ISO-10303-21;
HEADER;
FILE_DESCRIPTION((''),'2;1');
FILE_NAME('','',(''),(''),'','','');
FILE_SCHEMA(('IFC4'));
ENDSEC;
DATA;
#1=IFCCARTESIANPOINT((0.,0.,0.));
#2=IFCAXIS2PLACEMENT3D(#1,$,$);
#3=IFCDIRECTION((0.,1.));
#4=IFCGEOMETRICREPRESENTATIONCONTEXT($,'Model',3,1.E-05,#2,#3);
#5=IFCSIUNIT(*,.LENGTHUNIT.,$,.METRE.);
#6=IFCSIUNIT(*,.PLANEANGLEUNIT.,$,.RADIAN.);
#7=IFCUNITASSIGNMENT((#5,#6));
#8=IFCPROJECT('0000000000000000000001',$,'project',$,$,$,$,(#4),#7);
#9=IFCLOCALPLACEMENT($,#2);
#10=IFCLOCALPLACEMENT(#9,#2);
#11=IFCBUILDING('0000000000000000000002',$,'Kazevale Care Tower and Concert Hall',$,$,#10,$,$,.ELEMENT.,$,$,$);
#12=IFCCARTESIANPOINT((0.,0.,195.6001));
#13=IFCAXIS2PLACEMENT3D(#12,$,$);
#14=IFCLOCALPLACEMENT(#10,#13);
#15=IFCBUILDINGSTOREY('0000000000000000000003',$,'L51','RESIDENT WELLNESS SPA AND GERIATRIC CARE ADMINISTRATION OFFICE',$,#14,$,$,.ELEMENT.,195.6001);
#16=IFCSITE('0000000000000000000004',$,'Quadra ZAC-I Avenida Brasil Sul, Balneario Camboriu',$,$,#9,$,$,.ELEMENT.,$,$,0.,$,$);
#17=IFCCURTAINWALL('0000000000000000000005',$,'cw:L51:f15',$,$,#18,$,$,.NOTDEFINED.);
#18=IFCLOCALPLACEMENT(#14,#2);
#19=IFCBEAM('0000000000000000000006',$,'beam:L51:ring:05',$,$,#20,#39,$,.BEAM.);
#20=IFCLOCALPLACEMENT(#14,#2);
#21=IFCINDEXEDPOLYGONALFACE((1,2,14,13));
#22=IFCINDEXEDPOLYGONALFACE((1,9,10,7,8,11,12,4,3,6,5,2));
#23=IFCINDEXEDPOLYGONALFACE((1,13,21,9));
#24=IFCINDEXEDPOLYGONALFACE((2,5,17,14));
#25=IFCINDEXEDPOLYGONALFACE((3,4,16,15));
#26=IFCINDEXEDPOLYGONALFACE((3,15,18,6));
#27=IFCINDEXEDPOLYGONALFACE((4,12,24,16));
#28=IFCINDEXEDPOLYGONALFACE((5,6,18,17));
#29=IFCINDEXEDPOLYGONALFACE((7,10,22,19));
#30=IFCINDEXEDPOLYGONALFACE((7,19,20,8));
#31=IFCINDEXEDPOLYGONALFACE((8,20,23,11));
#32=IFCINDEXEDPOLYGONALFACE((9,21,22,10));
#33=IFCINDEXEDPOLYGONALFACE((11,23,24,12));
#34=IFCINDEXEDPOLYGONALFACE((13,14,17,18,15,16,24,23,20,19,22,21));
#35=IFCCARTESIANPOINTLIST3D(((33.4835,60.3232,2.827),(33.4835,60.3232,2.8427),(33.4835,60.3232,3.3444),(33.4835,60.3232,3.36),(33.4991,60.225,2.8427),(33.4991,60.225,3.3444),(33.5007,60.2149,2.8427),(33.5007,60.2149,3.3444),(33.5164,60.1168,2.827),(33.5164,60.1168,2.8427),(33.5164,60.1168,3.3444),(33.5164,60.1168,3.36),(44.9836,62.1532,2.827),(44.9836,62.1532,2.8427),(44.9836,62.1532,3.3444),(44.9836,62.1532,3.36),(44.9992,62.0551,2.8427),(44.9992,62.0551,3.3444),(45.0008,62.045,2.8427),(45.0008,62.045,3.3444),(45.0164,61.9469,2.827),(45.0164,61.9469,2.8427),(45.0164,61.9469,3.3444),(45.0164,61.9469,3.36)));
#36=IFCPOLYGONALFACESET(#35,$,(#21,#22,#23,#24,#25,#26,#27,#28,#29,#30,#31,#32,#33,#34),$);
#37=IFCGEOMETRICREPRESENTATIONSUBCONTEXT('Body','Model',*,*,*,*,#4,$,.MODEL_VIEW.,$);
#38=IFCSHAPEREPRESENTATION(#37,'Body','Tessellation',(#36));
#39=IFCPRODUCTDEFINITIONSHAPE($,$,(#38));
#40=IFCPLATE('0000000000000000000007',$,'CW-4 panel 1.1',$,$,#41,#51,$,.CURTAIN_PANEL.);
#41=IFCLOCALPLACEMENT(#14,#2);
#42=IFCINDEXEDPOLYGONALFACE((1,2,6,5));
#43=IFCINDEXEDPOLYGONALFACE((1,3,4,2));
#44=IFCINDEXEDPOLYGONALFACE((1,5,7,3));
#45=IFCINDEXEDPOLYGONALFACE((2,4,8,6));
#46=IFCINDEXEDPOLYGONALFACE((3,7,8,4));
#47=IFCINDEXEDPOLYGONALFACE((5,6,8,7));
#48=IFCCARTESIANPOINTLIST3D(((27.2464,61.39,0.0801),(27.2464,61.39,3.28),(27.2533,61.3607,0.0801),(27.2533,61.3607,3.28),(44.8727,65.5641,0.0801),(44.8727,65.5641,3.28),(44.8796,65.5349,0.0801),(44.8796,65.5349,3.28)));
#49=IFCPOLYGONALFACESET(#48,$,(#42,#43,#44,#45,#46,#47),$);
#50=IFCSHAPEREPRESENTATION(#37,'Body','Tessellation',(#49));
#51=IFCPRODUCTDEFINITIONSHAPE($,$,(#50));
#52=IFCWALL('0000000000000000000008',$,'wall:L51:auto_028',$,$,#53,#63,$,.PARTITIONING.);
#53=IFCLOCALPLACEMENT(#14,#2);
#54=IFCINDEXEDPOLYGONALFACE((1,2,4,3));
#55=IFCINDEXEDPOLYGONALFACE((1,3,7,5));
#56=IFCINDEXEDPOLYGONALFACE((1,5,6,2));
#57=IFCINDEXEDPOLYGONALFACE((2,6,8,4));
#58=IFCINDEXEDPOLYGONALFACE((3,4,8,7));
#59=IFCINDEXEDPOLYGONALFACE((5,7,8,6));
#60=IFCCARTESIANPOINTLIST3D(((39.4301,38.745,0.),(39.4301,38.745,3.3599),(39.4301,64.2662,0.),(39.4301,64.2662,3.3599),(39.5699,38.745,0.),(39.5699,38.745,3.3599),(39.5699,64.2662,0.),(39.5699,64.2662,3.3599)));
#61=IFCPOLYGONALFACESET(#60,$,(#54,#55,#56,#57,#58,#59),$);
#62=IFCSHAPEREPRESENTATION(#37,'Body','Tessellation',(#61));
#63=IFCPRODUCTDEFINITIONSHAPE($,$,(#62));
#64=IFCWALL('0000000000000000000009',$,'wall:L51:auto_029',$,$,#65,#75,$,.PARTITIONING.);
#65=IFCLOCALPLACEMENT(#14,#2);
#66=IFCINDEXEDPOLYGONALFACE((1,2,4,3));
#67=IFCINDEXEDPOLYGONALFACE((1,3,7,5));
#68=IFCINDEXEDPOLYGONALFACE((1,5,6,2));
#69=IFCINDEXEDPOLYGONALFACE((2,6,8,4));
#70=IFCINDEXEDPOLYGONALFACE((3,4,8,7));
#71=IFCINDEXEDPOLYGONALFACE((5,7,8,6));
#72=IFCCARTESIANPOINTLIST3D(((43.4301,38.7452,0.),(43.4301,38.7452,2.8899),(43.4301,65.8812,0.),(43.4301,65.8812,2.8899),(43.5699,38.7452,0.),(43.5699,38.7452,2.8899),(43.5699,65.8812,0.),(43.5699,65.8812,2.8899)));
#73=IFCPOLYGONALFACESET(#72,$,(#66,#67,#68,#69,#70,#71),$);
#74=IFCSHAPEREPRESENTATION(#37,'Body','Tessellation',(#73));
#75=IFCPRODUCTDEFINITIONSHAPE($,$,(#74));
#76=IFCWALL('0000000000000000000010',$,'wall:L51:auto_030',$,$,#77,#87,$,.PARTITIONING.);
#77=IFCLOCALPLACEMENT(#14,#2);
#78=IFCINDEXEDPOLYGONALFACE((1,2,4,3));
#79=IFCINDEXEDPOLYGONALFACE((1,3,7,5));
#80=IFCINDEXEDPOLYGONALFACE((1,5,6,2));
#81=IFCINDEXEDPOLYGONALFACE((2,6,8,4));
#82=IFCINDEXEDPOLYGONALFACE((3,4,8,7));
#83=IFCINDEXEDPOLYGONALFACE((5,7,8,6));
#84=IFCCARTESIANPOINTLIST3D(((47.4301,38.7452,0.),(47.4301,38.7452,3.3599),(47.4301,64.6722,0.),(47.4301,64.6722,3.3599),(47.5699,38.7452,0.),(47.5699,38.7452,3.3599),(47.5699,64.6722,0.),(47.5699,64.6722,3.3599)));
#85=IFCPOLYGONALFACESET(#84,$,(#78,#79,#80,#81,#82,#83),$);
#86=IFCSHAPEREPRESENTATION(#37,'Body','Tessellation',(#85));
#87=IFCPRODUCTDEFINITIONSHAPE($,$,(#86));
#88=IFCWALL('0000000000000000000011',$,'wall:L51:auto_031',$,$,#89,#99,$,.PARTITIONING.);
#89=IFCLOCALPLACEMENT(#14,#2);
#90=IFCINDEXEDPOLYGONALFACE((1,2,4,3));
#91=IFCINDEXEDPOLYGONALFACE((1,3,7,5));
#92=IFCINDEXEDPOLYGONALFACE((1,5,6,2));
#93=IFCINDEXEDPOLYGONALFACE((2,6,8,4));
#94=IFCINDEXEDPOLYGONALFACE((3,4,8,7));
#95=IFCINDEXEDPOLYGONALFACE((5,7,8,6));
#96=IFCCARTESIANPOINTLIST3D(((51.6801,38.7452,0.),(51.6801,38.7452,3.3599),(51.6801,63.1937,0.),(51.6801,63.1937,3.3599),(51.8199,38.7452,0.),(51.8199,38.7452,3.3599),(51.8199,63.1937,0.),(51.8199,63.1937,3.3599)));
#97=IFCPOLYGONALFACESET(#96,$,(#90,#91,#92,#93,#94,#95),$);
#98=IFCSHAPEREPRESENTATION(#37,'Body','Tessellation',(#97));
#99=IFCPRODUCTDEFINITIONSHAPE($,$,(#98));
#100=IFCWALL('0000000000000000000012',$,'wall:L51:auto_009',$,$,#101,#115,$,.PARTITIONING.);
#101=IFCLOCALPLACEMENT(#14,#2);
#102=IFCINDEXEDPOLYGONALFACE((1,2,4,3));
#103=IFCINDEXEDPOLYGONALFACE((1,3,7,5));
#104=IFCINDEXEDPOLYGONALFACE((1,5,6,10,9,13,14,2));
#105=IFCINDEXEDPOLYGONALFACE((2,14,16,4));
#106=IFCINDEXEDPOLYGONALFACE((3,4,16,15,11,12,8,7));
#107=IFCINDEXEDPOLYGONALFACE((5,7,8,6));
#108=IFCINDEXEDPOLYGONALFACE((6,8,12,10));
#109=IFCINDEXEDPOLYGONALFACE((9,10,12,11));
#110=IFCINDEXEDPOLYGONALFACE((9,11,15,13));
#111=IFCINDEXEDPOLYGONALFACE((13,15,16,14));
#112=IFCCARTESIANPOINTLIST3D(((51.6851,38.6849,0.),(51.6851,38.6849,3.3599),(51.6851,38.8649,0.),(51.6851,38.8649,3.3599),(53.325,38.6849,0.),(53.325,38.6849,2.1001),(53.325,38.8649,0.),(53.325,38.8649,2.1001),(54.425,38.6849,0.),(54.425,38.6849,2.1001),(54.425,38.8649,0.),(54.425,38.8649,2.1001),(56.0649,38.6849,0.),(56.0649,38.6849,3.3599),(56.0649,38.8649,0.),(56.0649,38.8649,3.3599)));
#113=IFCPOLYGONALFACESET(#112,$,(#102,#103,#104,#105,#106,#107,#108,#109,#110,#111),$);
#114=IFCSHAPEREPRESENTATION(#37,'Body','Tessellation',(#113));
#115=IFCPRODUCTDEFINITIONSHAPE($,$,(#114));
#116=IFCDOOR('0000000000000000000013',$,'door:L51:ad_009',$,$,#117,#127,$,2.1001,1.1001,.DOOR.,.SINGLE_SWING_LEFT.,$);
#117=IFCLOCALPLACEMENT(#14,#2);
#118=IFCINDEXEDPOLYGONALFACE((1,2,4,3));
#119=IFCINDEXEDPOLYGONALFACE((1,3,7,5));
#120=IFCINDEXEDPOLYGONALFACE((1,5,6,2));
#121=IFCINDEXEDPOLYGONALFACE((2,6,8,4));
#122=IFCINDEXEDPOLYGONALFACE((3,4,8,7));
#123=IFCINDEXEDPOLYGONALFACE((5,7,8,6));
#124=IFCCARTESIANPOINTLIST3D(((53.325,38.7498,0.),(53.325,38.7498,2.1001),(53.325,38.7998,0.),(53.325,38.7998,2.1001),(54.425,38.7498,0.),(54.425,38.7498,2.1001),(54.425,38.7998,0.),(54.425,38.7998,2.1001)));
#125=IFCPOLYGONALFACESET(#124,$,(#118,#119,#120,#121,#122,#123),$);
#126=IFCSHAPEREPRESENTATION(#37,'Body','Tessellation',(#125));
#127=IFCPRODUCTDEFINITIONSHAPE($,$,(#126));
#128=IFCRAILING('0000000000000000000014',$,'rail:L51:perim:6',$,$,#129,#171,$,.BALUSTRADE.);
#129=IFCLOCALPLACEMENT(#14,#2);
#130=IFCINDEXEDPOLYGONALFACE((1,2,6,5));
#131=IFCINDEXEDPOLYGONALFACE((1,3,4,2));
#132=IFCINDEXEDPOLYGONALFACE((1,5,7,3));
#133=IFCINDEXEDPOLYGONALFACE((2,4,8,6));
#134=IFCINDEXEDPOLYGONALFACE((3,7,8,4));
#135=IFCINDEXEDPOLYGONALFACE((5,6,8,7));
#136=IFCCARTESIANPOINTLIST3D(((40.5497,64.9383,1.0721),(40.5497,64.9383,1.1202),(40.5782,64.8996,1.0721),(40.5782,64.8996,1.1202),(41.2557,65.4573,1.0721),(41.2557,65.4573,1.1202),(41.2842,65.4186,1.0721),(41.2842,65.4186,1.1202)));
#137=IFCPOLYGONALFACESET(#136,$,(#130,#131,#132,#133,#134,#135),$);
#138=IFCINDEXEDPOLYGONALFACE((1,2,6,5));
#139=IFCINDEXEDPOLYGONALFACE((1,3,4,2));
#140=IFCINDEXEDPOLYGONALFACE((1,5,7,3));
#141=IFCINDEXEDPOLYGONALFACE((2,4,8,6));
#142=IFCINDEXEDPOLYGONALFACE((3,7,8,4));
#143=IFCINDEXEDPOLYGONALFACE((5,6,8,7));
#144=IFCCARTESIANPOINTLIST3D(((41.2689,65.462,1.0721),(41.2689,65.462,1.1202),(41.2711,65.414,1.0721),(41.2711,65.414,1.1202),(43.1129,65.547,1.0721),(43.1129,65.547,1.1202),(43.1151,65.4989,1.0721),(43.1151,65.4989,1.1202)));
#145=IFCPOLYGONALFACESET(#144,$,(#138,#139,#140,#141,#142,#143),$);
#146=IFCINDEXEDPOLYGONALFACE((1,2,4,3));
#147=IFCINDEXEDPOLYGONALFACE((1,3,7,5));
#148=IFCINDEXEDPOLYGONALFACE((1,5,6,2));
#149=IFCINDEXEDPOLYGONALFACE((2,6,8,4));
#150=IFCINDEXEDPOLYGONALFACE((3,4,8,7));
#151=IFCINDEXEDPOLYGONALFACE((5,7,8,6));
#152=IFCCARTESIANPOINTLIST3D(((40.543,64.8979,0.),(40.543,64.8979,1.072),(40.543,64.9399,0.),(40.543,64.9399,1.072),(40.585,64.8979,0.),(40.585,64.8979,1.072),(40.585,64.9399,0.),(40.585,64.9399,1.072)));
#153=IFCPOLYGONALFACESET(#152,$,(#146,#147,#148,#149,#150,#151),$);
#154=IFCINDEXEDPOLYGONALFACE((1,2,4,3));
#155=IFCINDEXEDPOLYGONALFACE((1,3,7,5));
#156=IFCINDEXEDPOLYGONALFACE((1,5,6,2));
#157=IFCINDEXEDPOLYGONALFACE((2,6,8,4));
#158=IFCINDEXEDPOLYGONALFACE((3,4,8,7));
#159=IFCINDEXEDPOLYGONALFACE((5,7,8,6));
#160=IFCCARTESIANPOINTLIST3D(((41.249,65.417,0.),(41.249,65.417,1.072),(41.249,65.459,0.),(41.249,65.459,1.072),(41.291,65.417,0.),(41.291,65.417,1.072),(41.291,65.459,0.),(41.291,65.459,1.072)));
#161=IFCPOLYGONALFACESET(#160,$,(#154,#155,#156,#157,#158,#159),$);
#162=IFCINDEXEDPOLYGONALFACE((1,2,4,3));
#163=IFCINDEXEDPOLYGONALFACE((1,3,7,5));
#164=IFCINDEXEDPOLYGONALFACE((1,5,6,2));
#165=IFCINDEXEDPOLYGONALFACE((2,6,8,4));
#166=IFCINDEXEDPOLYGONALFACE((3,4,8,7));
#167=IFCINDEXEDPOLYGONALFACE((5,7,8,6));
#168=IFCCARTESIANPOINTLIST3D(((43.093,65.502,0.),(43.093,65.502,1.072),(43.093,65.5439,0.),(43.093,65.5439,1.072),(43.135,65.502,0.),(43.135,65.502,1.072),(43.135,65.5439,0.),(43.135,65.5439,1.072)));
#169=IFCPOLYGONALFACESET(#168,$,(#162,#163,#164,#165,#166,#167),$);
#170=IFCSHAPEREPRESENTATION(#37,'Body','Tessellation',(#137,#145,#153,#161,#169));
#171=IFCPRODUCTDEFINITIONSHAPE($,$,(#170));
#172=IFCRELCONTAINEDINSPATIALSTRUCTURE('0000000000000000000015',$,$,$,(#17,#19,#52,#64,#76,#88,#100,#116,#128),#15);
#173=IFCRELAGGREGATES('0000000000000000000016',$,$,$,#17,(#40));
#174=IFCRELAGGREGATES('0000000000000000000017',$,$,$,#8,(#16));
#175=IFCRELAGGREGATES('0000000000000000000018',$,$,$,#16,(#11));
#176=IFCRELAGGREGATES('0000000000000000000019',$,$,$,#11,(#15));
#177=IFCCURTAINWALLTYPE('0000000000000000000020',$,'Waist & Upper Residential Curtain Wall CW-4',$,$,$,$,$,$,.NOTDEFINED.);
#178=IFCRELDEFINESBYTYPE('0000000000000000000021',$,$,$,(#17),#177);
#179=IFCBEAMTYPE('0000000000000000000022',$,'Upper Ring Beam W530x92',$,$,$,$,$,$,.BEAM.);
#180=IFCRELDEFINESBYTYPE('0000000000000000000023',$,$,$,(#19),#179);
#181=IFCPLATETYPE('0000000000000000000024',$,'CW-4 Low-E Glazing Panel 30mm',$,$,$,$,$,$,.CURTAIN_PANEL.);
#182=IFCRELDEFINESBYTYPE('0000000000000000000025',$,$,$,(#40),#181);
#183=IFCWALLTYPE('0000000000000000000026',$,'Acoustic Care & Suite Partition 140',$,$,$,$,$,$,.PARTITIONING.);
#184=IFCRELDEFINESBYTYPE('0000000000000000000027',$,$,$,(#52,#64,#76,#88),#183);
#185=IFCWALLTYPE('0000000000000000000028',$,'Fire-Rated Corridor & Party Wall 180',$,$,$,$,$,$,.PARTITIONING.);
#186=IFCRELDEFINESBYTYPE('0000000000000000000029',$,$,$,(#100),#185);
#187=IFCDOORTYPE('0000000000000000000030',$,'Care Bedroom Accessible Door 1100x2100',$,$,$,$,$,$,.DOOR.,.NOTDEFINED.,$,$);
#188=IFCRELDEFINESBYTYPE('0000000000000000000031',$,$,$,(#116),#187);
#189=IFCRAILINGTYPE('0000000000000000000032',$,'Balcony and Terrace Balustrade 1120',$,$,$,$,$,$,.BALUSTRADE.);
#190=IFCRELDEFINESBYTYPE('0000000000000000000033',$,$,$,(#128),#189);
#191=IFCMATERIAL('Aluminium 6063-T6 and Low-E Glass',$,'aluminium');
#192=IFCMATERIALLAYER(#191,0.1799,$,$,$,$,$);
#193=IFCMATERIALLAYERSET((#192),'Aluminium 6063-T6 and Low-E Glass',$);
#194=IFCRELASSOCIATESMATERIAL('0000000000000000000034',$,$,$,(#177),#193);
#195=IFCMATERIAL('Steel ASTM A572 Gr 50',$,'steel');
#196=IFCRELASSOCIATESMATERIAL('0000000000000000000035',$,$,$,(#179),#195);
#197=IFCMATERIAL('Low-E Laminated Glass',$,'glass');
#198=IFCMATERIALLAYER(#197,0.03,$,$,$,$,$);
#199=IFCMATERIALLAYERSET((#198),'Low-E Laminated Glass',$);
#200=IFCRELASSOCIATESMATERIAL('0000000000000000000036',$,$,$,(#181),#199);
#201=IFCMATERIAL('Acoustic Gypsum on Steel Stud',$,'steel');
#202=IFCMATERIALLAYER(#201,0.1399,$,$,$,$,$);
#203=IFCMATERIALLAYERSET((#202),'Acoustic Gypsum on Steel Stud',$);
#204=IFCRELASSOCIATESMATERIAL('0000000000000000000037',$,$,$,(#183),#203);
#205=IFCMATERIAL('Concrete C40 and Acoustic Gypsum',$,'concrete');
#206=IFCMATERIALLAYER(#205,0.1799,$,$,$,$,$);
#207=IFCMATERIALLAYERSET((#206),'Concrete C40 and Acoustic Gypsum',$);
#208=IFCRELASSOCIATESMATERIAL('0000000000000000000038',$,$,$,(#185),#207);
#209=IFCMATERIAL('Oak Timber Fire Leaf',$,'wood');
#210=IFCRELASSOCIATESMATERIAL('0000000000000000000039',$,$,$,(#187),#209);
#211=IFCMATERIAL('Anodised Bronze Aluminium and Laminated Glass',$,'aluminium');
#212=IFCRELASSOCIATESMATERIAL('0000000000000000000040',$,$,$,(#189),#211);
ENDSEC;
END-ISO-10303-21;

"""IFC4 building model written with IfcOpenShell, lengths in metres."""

from ifc_helpers import new_model, si_unit, direction, frame, frame_2d, origin, origin_2d, place, context, subcontext, project, spatial, rectangle, i_section, extrude, material, layer, layer_set, material_profile, profile_set, type_object, element, fill, aggregate, save


model = new_model("IFC4")

# Units and contexts
model_context = context("Model", 3, precision=1e-05, world=origin(), true_north=direction((0.0, 1.0)))
body_context = subcontext(model_context, "Body", "Model", "MODEL_VIEW")
ifc_project = project(units=[si_unit("LENGTHUNIT", "METRE"), si_unit("PLANEANGLEUNIT", "RADIAN")], contexts=[model_context])

# Site, building, storey
site_placement = place(None, origin())
site = spatial("IfcSite", under=ifc_project, at=site_placement, Name="Quadra ZAC-I Avenida Brasil Sul, Balneario Camboriu", CompositionType="ELEMENT", RefElevation=0.0)
building_placement = place(site_placement, origin())
building = spatial("IfcBuilding", under=site, at=building_placement, Name="Kazevale Care Tower and Concert Hall", CompositionType="ELEMENT")
storey_placement = place(building_placement, frame((0.0, 0.0, 195.6001)))
storey = spatial("IfcBuildingStorey", under=building, at=storey_placement, Name="L51", Description="RESIDENT WELLNESS SPA AND GERIATRIC CARE ADMINISTRATION OFFICE", CompositionType="ELEMENT", Elevation=195.6001)

# Shared definitions
ifc_material_1 = material(Name="Aluminium 6063-T6 and Low-E Glass", Category="aluminium")

# Curtain wall
ifc_layer_1 = layer(ifc_material_1, 0.1799)
ifc_layer_set_1 = layer_set([ifc_layer_1], Name="Aluminium 6063-T6 and Low-E Glass")
curtain_wall_type_1 = type_object("IfcCurtainWallType", Name="Waist & Upper Residential Curtain Wall CW-4", PredefinedType="NOTDEFINED", material=ifc_layer_set_1)
curtain_wall_1_placement = place(storey_placement, origin())
curtain_wall_1 = element("IfcCurtainWall", 1, at=curtain_wall_1_placement, inside=storey, type_object=curtain_wall_type_1, Name="cw:L51:f15", PredefinedType="NOTDEFINED")

# Beam
ifc_material_2 = material(Name="Steel ASTM A572 Gr 50", Category="steel")
ifc_material_profile_1 = material_profile(ifc_material_2, i_section(OverallWidth=0.209, OverallDepth=0.533, WebThickness=0.0103, FlangeThickness=0.0156, at=origin_2d()), Name="W530x92")
ifc_profile_set_1 = profile_set([ifc_material_profile_1], Name="Steel ASTM A572 Gr 50")
beam_type_1 = type_object("IfcBeamType", Name="Upper Ring Beam W530x92", PredefinedType="BEAM", material=ifc_profile_set_1)
beam_1_placement = place(storey_placement, frame((45.0, 62.05, 3.0935), z_axis=(-0.987573, -0.15716, 0.0), x_axis=(0.15716, -0.987573, 0.0)))
element("IfcBeam", 2, at=beam_1_placement, inside=storey, type_object=beam_type_1, Name="beam:L51:ring:05", PredefinedType="BEAM", context=body_context, shape_type="SweptSolid", body=[
    extrude(i_section(OverallWidth=0.209, OverallDepth=0.533, WebThickness=0.0103, FlangeThickness=0.0156, at=origin_2d()), origin(), (0.0, 0.0, 1.0), 11.6448),
])

# Plate
ifc_material_3 = material(Name="Low-E Laminated Glass", Category="glass")
ifc_layer_2 = layer(ifc_material_3, 0.03)
ifc_layer_set_2 = layer_set([ifc_layer_2], Name="Low-E Laminated Glass")
plate_type = type_object("IfcPlateType", Name="CW-4 Low-E Glazing Panel 30mm", PredefinedType="CURTAIN_PANEL", material=ifc_layer_set_2)
plate_placement = place(storey_placement, frame((36.063, 63.4624, 0.0801), z_axis=(0.0, 0.0, 1.0), x_axis=(0.973087, 0.230439, 0.0)))
plate = element("IfcPlate", 3, at=plate_placement, type_object=plate_type, Name="CW-4 panel 1.1", PredefinedType="CURTAIN_PANEL", context=body_context, shape_type="SweptSolid", body=[
    extrude(rectangle(XDim=18.1138, YDim=0.03, at=origin_2d()), origin(), (0.0, 0.0, 1.0), 3.2),
])
aggregate(curtain_wall_1, [plate])

# Walls
ifc_material_4 = material(Name="Acoustic Gypsum on Steel Stud", Category="steel")
ifc_layer_3 = layer(ifc_material_4, 0.1399)
ifc_layer_set_3 = layer_set([ifc_layer_3], Name="Acoustic Gypsum on Steel Stud")
wall_type_1 = type_object("IfcWallType", Name="Acoustic Care & Suite Partition 140", PredefinedType="PARTITIONING", material=ifc_layer_set_3)
wall_1_placement = place(storey_placement, frame((39.5, 64.2664, 0.0), z_axis=(0.0, 0.0, 1.0), x_axis=(0.0, -1.0, 0.0)))
element("IfcWall", 4, at=wall_1_placement, inside=storey, type_object=wall_type_1, Name="wall:L51:auto_028", PredefinedType="PARTITIONING", context=body_context, shape_type="SweptSolid", body=[
    extrude(rectangle(XDim=25.5212, YDim=0.1399, at=frame_2d((12.7607, 0.0))), origin(), (0.0, 0.0, 1.0), 3.3599),
])
wall_2_placement = place(storey_placement, frame((43.5, 65.8811, 0.0), z_axis=(0.0, 0.0, 1.0), x_axis=(0.0, -1.0, 0.0)))
element("IfcWall", 5, at=wall_2_placement, inside=storey, type_object=wall_type_1, Name="wall:L51:auto_029", PredefinedType="PARTITIONING", context=body_context, shape_type="SweptSolid", body=[
    extrude(rectangle(XDim=27.136, YDim=0.1399, at=frame_2d((13.5679, 0.0))), origin(), (0.0, 0.0, 1.0), 2.8899),
])
wall_3_placement = place(storey_placement, frame((47.5, 64.6721, 0.0), z_axis=(0.0, 0.0, 1.0), x_axis=(0.0, -1.0, 0.0)))
element("IfcWall", 6, at=wall_3_placement, inside=storey, type_object=wall_type_1, Name="wall:L51:auto_030", PredefinedType="PARTITIONING", context=body_context, shape_type="SweptSolid", body=[
    extrude(rectangle(XDim=25.927, YDim=0.1399, at=frame_2d((12.9634, 0.0))), origin(), (0.0, 0.0, 1.0), 3.3599),
])
wall_4_placement = place(storey_placement, frame((51.75, 63.1936, 0.0), z_axis=(0.0, 0.0, 1.0), x_axis=(0.0, -1.0, 0.0)))
element("IfcWall", 7, at=wall_4_placement, inside=storey, type_object=wall_type_1, Name="wall:L51:auto_031", PredefinedType="PARTITIONING", context=body_context, shape_type="SweptSolid", body=[
    extrude(rectangle(XDim=24.4485, YDim=0.1399, at=frame_2d((12.2241, 0.0))), origin(), (0.0, 0.0, 1.0), 3.3599),
])

# Wall, opening, door
ifc_material_5 = material(Name="Concrete C40 and Acoustic Gypsum", Category="concrete")
ifc_layer_4 = layer(ifc_material_5, 0.1799)
ifc_layer_set_4 = layer_set([ifc_layer_4], Name="Concrete C40 and Acoustic Gypsum")
wall_type_2 = type_object("IfcWallType", Name="Fire-Rated Corridor & Party Wall 180", PredefinedType="PARTITIONING", material=ifc_layer_set_4)
wall_5_placement = place(storey_placement, frame((51.6851, 38.7749, 0.0), z_axis=(0.0, 0.0, 1.0), x_axis=(1.0, 0.0, 0.0)))
wall_5 = element("IfcWall", 8, at=wall_5_placement, inside=storey, type_object=wall_type_2, Name="wall:L51:auto_009", PredefinedType="PARTITIONING", context=body_context, shape_type="SweptSolid", body=[
    extrude(rectangle(XDim=4.3799, YDim=0.1799, at=frame_2d((2.1899, 0.0))), origin(), (0.0, 0.0, 1.0), 3.3599),
])
opening_placement = place(wall_5_placement, frame((1.6399, 0.0, 0.0)))
opening = element("IfcOpeningElement", 9, at=opening_placement, cuts=wall_5, PredefinedType="OPENING", context=body_context, shape_type="SweptSolid", body=[
    extrude(rectangle(XDim=1.1001, YDim=2.1001, at=frame_2d((0.55, 1.05))), frame((0.0, 0.0999, 0.0), z_axis=(0.0, -1.0, 0.0), x_axis=(1.0, 0.0, 0.0)), (0.0, 0.0, 1.0), 0.2),
])
ifc_material_6 = material(Name="Oak Timber Fire Leaf", Category="wood")
door_type = type_object("IfcDoorType", Name="Care Bedroom Accessible Door 1100x2100", OperationType="NOTDEFINED", PredefinedType="DOOR", material=ifc_material_6)
door_placement = place(opening_placement, origin())
door = element("IfcDoor", 10, at=door_placement, inside=storey, type_object=door_type, Name="door:L51:ad_009", OperationType="SINGLE_SWING_LEFT", OverallHeight=2.1001, OverallWidth=1.1001, PredefinedType="DOOR", context=body_context, shape_type="SweptSolid", body=[
    extrude(rectangle(XDim=1.1001, YDim=2.1001, at=frame_2d((0.55, 1.05))), frame((0.0, 0.0249, 0.0), z_axis=(0.0, -1.0, 0.0), x_axis=(1.0, 0.0, 0.0)), (0.0, 0.0, 1.0), 0.05),
])
fill(opening, door)

# Railing
ifc_material_7 = material(Name="Anodised Bronze Aluminium and Laminated Glass", Category="aluminium")
railing_type = type_object("IfcRailingType", Name="Balcony and Terrace Balustrade 1120", PredefinedType="BALUSTRADE", material=ifc_material_7)
railing_1_placement = place(storey_placement, frame((40.564, 64.9189, 0.0)))
element("IfcRailing", 11, at=railing_1_placement, inside=storey, type_object=railing_type, Name="rail:L51:perim:6", PredefinedType="BALUSTRADE", context=body_context, shape_type="SweptSolid", body=[
    extrude(rectangle(XDim=0.0481, YDim=0.0481, at=origin_2d()), frame((0.0, 0.0, 1.0962), z_axis=(0.805714, 0.592305, 0.0), x_axis=(-0.592305, 0.805714, 0.0)), (0.0, 0.0, 1.0), 0.8762),
    extrude(rectangle(XDim=0.0481, YDim=0.0481, at=origin_2d()), frame((0.7061, 0.519, 1.0962), z_axis=(0.99894, 0.046026, 0.0), x_axis=(-0.046026, 0.99894, 0.0)), (0.0, 0.0, 1.0), 1.8459),
    extrude(rectangle(XDim=0.042, YDim=0.042, at=origin_2d()), origin(), (0.0, 0.0, 1.0), 1.072),
    extrude(rectangle(XDim=0.042, YDim=0.042, at=origin_2d()), frame((0.7061, 0.519, 0.0)), (0.0, 0.0, 1.0), 1.072),
    extrude(rectangle(XDim=0.042, YDim=0.042, at=origin_2d()), frame((2.55, 0.604, 0.0)), (0.0, 0.0, 1.0), 1.072),
])

save(model, "model.ifc")
